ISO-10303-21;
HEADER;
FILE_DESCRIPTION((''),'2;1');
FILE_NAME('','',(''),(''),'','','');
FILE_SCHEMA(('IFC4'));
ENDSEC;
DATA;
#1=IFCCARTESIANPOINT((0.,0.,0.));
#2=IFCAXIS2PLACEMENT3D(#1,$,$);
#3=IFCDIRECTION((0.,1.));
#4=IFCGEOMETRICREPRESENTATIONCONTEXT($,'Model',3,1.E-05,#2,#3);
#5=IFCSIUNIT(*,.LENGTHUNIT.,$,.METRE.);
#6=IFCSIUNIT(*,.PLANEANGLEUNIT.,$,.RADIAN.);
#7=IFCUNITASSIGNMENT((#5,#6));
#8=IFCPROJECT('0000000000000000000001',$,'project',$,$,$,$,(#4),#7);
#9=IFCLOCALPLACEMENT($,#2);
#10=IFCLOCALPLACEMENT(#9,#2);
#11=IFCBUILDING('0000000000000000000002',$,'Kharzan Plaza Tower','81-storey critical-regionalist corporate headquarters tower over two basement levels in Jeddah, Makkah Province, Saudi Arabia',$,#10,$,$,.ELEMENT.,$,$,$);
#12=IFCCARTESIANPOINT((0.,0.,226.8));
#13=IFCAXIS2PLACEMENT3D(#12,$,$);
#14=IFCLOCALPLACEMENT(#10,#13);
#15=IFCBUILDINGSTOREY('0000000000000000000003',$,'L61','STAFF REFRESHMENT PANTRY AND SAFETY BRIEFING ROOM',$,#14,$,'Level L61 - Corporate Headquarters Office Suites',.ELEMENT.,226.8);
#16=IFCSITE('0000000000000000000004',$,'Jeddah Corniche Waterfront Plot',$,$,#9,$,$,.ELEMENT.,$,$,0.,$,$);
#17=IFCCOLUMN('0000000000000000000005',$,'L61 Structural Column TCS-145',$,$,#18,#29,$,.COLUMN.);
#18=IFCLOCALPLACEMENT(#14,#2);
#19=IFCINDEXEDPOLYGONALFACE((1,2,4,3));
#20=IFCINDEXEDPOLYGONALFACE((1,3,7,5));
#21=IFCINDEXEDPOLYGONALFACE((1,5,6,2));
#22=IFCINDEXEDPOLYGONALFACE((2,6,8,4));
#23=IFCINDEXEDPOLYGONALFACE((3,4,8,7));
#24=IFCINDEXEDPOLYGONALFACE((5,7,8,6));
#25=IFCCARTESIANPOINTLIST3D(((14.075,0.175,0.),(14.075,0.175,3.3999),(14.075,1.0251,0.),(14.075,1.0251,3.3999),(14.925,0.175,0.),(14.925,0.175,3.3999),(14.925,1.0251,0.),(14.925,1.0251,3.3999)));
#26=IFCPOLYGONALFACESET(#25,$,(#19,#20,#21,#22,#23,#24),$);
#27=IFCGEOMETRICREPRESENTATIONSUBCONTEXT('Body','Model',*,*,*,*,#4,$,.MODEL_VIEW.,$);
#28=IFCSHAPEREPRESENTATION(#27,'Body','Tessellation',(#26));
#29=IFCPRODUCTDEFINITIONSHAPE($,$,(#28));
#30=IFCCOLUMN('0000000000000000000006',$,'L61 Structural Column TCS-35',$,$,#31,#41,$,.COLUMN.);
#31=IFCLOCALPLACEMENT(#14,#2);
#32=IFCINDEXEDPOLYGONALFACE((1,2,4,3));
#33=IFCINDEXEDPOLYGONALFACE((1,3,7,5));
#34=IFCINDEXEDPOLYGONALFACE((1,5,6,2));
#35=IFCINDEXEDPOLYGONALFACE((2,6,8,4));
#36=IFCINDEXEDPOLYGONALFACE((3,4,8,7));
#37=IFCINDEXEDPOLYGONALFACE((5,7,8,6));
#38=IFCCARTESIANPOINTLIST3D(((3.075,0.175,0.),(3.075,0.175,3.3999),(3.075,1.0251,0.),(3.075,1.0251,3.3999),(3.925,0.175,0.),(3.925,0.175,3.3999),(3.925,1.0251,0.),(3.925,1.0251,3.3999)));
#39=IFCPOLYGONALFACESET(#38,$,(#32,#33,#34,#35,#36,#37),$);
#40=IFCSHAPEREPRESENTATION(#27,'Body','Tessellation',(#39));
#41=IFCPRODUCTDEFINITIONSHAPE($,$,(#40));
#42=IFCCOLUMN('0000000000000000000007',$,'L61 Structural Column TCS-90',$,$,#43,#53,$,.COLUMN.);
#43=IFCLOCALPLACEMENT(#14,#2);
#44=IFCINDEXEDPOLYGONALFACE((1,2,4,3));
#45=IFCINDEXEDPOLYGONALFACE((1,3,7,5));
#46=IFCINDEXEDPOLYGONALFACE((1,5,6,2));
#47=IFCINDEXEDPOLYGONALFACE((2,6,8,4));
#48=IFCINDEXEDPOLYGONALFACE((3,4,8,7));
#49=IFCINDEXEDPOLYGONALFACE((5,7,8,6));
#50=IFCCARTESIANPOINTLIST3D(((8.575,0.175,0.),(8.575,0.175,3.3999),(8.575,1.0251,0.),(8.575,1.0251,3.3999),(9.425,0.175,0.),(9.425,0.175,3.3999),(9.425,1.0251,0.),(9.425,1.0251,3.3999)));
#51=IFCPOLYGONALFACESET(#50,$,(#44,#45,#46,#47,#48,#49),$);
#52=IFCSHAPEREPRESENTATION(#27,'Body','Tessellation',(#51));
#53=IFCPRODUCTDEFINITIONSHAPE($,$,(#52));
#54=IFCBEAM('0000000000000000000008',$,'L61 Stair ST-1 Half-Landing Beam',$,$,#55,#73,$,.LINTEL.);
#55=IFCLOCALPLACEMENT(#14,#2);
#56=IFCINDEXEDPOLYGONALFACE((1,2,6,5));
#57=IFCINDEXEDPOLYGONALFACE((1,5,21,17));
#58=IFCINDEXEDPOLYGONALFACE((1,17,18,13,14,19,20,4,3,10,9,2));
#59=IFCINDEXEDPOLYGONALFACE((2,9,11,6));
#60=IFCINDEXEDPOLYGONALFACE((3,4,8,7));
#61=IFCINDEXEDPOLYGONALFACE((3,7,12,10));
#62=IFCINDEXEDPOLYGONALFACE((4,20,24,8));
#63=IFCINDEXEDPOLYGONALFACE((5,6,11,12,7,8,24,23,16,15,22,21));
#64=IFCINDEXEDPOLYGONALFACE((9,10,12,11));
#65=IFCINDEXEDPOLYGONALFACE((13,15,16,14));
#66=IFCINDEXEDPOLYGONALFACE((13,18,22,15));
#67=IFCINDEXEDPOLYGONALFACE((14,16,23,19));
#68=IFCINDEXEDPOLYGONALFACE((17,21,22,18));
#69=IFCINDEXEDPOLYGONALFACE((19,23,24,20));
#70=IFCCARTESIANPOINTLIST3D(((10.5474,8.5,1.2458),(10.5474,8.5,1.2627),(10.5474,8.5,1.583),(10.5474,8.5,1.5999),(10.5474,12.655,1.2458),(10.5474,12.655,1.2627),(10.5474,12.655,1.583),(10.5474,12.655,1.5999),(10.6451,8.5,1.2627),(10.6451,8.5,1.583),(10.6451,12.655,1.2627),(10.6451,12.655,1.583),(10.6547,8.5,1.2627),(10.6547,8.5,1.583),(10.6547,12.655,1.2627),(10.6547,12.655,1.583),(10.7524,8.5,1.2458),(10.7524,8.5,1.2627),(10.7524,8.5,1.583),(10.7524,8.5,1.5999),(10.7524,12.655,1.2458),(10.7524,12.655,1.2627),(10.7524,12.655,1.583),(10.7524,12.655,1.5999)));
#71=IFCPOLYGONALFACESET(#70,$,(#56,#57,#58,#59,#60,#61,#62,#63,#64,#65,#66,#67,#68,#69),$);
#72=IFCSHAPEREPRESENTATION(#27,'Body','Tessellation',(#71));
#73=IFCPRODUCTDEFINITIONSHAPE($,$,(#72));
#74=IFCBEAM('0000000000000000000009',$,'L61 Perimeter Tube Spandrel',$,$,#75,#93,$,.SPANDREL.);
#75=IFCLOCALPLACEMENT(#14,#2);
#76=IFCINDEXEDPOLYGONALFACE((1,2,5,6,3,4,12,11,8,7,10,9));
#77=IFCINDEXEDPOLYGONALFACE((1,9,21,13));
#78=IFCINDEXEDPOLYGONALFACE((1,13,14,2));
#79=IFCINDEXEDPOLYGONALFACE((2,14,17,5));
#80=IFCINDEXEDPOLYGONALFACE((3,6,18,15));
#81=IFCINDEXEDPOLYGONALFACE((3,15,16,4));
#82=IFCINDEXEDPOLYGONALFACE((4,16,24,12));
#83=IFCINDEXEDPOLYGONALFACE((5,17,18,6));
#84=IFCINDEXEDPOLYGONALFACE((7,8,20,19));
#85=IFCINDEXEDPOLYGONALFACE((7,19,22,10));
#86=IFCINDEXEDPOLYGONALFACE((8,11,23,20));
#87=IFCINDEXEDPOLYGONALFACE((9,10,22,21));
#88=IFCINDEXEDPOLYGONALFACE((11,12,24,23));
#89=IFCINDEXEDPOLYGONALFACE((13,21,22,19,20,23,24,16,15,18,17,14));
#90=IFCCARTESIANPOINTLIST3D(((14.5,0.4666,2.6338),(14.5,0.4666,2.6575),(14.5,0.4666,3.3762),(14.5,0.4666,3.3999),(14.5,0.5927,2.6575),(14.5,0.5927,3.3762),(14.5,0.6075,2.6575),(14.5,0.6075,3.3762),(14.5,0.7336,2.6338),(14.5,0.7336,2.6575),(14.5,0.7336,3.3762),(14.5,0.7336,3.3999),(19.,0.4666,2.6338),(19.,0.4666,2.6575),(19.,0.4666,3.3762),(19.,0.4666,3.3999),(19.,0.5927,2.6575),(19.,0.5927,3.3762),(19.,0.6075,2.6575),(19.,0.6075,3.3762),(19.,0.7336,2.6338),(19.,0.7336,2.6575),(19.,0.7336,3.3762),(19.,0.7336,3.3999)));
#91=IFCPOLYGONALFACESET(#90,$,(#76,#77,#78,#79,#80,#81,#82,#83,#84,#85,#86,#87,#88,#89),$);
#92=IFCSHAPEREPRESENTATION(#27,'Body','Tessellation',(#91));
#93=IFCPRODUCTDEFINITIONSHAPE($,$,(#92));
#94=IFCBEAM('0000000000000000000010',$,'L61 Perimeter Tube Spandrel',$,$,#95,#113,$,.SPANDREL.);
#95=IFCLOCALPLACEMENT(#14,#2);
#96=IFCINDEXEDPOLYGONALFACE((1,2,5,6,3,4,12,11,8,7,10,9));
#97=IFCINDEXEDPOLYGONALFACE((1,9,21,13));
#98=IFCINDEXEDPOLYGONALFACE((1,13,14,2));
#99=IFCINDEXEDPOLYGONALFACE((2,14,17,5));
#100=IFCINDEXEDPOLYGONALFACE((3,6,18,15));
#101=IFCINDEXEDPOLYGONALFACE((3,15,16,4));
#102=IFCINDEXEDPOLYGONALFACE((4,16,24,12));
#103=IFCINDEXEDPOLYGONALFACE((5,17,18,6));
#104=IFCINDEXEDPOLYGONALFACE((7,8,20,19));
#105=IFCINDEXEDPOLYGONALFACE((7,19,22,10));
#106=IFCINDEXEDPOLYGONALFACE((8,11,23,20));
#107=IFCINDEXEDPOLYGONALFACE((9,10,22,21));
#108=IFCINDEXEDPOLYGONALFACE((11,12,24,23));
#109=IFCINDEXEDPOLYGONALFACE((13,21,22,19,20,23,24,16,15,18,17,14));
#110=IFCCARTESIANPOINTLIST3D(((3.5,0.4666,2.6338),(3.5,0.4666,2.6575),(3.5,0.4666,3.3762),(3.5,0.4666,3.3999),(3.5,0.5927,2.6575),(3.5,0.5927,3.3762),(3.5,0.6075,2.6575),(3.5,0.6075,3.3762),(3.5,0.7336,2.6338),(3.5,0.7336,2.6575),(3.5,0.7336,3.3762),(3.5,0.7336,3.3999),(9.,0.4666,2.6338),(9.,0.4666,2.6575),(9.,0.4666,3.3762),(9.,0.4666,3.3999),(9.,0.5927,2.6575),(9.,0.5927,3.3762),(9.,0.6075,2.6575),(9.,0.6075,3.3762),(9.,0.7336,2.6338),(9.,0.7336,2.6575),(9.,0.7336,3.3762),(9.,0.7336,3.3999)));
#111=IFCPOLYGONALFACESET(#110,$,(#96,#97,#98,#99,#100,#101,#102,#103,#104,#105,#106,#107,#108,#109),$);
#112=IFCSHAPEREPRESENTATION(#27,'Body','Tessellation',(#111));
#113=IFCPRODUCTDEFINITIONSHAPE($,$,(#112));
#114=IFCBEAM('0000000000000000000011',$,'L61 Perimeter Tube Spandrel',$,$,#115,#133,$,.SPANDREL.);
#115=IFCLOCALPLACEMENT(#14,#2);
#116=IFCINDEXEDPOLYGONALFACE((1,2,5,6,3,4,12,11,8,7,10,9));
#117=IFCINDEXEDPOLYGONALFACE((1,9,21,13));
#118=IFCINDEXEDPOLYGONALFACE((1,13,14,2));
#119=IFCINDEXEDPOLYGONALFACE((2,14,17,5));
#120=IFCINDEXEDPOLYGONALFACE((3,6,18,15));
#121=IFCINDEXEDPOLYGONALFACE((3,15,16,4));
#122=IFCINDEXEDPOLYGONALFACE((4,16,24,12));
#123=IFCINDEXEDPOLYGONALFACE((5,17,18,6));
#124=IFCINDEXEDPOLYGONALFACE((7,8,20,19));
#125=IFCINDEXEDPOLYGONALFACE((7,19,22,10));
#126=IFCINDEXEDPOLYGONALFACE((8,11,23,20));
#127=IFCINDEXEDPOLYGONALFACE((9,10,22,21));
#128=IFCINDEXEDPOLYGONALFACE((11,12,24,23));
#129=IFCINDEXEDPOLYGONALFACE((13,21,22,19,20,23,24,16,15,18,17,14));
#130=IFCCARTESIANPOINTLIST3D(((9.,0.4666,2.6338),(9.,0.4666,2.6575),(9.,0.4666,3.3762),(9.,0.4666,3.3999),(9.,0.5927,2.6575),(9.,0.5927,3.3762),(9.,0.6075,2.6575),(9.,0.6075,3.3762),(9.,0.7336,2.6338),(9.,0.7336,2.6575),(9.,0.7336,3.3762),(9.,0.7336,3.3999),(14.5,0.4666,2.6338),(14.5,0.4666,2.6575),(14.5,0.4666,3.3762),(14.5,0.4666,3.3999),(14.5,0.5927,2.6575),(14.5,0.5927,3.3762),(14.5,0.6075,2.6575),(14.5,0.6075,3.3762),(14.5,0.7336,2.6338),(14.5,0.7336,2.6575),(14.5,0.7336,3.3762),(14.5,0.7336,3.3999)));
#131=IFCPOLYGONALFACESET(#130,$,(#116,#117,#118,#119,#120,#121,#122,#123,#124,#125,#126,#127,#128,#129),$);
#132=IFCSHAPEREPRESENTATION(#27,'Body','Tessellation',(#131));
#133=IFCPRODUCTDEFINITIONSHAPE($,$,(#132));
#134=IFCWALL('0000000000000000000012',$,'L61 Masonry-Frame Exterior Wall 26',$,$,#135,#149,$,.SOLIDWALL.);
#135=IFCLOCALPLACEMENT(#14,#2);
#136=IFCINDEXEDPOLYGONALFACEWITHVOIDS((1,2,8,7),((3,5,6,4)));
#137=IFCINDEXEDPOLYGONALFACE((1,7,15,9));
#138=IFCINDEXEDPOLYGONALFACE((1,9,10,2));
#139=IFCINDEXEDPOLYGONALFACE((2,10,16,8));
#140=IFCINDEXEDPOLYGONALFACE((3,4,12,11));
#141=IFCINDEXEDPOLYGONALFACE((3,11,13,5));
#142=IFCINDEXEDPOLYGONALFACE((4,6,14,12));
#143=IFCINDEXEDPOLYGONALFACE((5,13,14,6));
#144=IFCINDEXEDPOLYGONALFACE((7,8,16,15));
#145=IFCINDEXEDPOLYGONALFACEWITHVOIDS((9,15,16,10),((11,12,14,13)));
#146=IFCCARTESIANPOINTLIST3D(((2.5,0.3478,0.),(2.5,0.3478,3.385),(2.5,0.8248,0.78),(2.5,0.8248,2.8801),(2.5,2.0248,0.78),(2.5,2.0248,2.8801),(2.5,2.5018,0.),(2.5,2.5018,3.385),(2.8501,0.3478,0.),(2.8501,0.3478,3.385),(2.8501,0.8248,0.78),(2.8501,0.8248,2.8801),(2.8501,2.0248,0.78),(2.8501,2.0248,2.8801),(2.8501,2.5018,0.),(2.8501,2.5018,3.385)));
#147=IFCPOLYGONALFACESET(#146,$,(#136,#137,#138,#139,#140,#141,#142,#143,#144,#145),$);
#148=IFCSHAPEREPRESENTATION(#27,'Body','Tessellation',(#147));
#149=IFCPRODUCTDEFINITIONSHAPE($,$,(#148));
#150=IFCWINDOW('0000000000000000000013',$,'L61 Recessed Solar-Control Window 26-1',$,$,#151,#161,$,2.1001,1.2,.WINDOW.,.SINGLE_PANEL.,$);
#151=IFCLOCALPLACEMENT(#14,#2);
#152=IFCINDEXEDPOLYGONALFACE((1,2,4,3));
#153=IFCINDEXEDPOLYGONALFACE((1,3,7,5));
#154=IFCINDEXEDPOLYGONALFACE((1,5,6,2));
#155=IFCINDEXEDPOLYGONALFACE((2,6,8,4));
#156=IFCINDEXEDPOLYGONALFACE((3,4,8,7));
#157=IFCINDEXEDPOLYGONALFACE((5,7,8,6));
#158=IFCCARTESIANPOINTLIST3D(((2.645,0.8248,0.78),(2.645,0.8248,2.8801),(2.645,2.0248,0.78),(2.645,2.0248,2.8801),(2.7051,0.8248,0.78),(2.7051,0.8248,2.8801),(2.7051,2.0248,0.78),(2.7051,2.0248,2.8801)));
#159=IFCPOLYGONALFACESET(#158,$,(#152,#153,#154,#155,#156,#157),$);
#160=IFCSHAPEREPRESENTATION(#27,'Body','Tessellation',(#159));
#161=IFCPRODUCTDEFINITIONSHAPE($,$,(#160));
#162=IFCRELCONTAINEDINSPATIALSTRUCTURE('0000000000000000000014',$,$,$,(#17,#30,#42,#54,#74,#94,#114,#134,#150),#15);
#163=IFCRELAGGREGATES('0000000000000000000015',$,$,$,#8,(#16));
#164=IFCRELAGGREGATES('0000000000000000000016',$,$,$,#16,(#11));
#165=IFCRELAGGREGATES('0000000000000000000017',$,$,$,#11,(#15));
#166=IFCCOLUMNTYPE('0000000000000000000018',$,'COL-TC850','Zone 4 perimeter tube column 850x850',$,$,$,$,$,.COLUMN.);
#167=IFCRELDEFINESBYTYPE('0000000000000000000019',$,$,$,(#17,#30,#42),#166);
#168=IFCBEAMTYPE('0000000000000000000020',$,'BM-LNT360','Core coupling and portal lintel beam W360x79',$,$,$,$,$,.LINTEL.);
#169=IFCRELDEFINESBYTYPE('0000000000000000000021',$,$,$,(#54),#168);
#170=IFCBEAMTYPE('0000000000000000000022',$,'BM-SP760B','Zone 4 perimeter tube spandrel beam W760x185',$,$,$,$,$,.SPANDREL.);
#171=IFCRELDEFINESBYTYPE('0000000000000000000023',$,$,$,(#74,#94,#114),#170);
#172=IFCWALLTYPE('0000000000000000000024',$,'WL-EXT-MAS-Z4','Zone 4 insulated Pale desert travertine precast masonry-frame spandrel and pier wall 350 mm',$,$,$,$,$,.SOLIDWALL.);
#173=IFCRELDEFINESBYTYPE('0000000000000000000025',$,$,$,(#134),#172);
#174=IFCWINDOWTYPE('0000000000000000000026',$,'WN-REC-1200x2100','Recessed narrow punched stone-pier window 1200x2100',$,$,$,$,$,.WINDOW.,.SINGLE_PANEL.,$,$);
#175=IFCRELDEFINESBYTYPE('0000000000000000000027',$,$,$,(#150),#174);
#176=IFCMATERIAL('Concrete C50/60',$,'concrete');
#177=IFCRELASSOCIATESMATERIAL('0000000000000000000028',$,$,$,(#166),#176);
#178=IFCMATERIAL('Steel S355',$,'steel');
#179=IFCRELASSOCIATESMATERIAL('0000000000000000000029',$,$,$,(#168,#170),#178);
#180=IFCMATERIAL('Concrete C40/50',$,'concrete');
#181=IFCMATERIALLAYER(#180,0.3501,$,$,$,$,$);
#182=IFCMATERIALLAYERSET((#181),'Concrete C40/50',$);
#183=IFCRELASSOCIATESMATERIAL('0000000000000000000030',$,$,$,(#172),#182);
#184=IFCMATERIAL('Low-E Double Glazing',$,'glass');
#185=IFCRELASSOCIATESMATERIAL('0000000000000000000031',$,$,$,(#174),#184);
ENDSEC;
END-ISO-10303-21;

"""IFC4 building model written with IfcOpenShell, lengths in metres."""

from ifc_helpers import new_model, si_unit, direction, frame, frame_2d, origin, origin_2d, place, context, subcontext, project, spatial, rectangle, i_section, extrude, source, transform, mapped, material, layer, layer_set, material_profile, profile_set, type_object, element, fill, save


model = new_model("IFC4")

# Units and contexts
model_context = context("Model", 3, precision=1e-05, world=origin(), true_north=direction((0.0, 1.0)))
body_context = subcontext(model_context, "Body", "Model", "MODEL_VIEW")
ifc_project = project(units=[si_unit("LENGTHUNIT", "METRE"), si_unit("PLANEANGLEUNIT", "RADIAN")], contexts=[model_context])

# Site, building, storey
site_placement = place(None, origin())
site = spatial("IfcSite", under=ifc_project, at=site_placement, Name="Jeddah Corniche Waterfront Plot", CompositionType="ELEMENT", RefElevation=0.0)
building_placement = place(site_placement, origin())
building = spatial("IfcBuilding", under=site, at=building_placement, Name="Kharzan Plaza Tower", Description="81-storey critical-regionalist corporate headquarters tower over two basement levels in Jeddah, Makkah Province, Saudi Arabia", CompositionType="ELEMENT")
storey_placement = place(building_placement, frame((0.0, 0.0, 226.8)))
storey = spatial("IfcBuildingStorey", under=building, at=storey_placement, Name="L61", Description="STAFF REFRESHMENT PANTRY AND SAFETY BRIEFING ROOM", LongName="Level L61 - Corporate Headquarters Office Suites", CompositionType="ELEMENT", Elevation=226.8)

# Columns
ifc_material_1 = material(Name="Concrete C50/60", Category="concrete")
ifc_material_profile_1 = material_profile(ifc_material_1, rectangle(XDim=0.8501, YDim=0.8501, at=origin_2d()), Name="RC-TC850x850")
ifc_profile_set_1 = profile_set([ifc_material_profile_1], Name="Concrete C50/60")
column_type = type_object("IfcColumnType", Name="COL-TC850", Description="Zone 4 perimeter tube column 850x850", PredefinedType="COLUMN", material=ifc_profile_set_1)
shared_shape_1 = source(origin(), body_context, "Body", "SweptSolid", [
    extrude(rectangle(XDim=0.8501, YDim=0.8501, at=origin_2d()), origin(), (0.0, 0.0, 1.0), 3.3999),
])
for number, where, z_axis, x_axis, name in (
    (1, (14.5, 0.6001, 0.0), (0.0, 0.0, 1.0), (1.0, 0.0, 0.0), "L61 Structural Column TCS-145"),
    (2, (3.5, 0.6001, 0.0), (0.0, 0.0, 1.0), (1.0, 0.0, 0.0), "L61 Structural Column TCS-35"),
    (3, (9.0, 0.6001, 0.0), (0.0, 0.0, 1.0), (1.0, 0.0, 0.0), "L61 Structural Column TCS-90"),
):
    element("IfcColumn", number, at=place(storey_placement, frame(where, z_axis=z_axis, x_axis=x_axis)), inside=storey, type_object=column_type, Name=name, PredefinedType="COLUMN", context=body_context, shape_type="MappedRepresentation", body=[
        mapped(shared_shape_1, transform((0.0, 0.0, 0.0), x_axis=(1.0, 0.0, 0.0), y_axis=(0.0, 1.0, 0.0), z_axis=(0.0, 0.0, 1.0))),
    ])

# Beams
ifc_material_2 = material(Name="Steel S355", Category="steel")
ifc_material_profile_2 = material_profile(ifc_material_2, i_section(OverallWidth=0.2051, OverallDepth=0.354, WebThickness=0.0095, FlangeThickness=0.0168, at=origin_2d()), Name="W360x79")
ifc_profile_set_2 = profile_set([ifc_material_profile_2], Name="Steel S355")
beam_type_1 = type_object("IfcBeamType", Name="BM-LNT360", Description="Core coupling and portal lintel beam W360x79", PredefinedType="LINTEL", material=ifc_profile_set_2)
shared_shape_2 = source(origin(), body_context, "Body", "SweptSolid", [
    extrude(i_section(OverallWidth=0.2051, OverallDepth=0.354, WebThickness=0.0095, FlangeThickness=0.0168, at=origin_2d()), origin(), (0.0, 0.0, 1.0), 4.155),
])
beam_1_placement = place(storey_placement, frame((10.6499, 8.5, 1.4229), z_axis=(0.0, 1.0, 0.0), x_axis=(-1.0, 0.0, 0.0)))
element("IfcBeam", 4, at=beam_1_placement, inside=storey, type_object=beam_type_1, Name="L61 Stair ST-1 Half-Landing Beam", PredefinedType="LINTEL", context=body_context, shape_type="MappedRepresentation", body=[
    mapped(shared_shape_2, transform((0.0, 0.0, 0.0), x_axis=(1.0, 0.0, 0.0), y_axis=(0.0, 1.0, 0.0), z_axis=(0.0, 0.0, 1.0))),
])
ifc_material_profile_3 = material_profile(ifc_material_2, i_section(OverallWidth=0.2671, OverallDepth=0.7661, WebThickness=0.0149, FlangeThickness=0.0237, at=origin_2d()), Name="W760x185")
ifc_profile_set_3 = profile_set([ifc_material_profile_3], Name="Steel S355")
beam_type_2 = type_object("IfcBeamType", Name="BM-SP760B", Description="Zone 4 perimeter tube spandrel beam W760x185", PredefinedType="SPANDREL", material=ifc_profile_set_3)
shared_shape_3 = source(origin(), body_context, "Body", "SweptSolid", [
    extrude(i_section(OverallWidth=0.2671, OverallDepth=0.7661, WebThickness=0.0149, FlangeThickness=0.0237, at=origin_2d()), origin(), (0.0, 0.0, 1.0), 4.5),
])
beam_2_placement = place(storey_placement, frame((14.5, 0.6001, 3.0168), z_axis=(1.0, 0.0, 0.0), x_axis=(0.0, 1.0, 0.0)))
element("IfcBeam", 5, at=beam_2_placement, inside=storey, type_object=beam_type_2, Name="L61 Perimeter Tube Spandrel", PredefinedType="SPANDREL", context=body_context, shape_type="MappedRepresentation", body=[
    mapped(shared_shape_3, transform((0.0, 0.0, 0.0), x_axis=(1.0, 0.0, 0.0), y_axis=(0.0, 1.0, 0.0), z_axis=(0.0, 0.0, 1.0))),
])
shared_shape_4 = source(origin(), body_context, "Body", "SweptSolid", [
    extrude(i_section(OverallWidth=0.2671, OverallDepth=0.7661, WebThickness=0.0149, FlangeThickness=0.0237, at=origin_2d()), origin(), (0.0, 0.0, 1.0), 5.5),
])
for number, where, z_axis, x_axis, name in (
    (6, (3.5, 0.6001, 3.0168), (1.0, 0.0, 0.0), (0.0, 1.0, 0.0), "L61 Perimeter Tube Spandrel"),
    (7, (9.0, 0.6001, 3.0168), (1.0, 0.0, 0.0), (0.0, 1.0, 0.0), "L61 Perimeter Tube Spandrel"),
):
    element("IfcBeam", number, at=place(storey_placement, frame(where, z_axis=z_axis, x_axis=x_axis)), inside=storey, type_object=beam_type_2, Name=name, PredefinedType="SPANDREL", context=body_context, shape_type="MappedRepresentation", body=[
        mapped(shared_shape_4, transform((0.0, 0.0, 0.0), x_axis=(1.0, 0.0, 0.0), y_axis=(0.0, 1.0, 0.0), z_axis=(0.0, 0.0, 1.0))),
    ])

# Wall, opening, window
ifc_material_3 = material(Name="Concrete C40/50", Category="concrete")
ifc_layer_1 = layer(ifc_material_3, 0.3501)
ifc_layer_set_1 = layer_set([ifc_layer_1], Name="Concrete C40/50")
wall_type_1 = type_object("IfcWallType", Name="WL-EXT-MAS-Z4", Description="Zone 4 insulated Pale desert travertine precast masonry-frame spandrel and pier wall 350 mm", PredefinedType="SOLIDWALL", material=ifc_layer_set_1)
wall_1_placement = place(storey_placement, frame((2.675, 2.502, 0.0), z_axis=(0.0, 0.0, 1.0), x_axis=(0.0, -1.0, 0.0)))
wall_1 = element("IfcWall", 8, at=wall_1_placement, inside=storey, type_object=wall_type_1, Name="L61 Masonry-Frame Exterior Wall 26", PredefinedType="SOLIDWALL", context=body_context, shape_type="SweptSolid", body=[
    extrude(rectangle(XDim=2.1541, YDim=0.3501, at=frame_2d((1.0771, 0.0))), origin(), (0.0, 0.0, 1.0), 3.385),
])
opening_1_placement = place(wall_1_placement, frame((0.4771, 0.0, 0.78)))
opening_1 = element("IfcOpeningElement", 9, at=opening_1_placement, cuts=wall_1, PredefinedType="OPENING", context=body_context, shape_type="SweptSolid", body=[
    extrude(rectangle(XDim=1.2, YDim=2.1001, at=frame_2d((0.6001, 1.05))), frame((0.0, 0.1851, 0.0), z_axis=(0.0, -1.0, 0.0), x_axis=(1.0, 0.0, 0.0)), (0.0, 0.0, 1.0), 0.3701),
])
ifc_material_4 = material(Name="Low-E Double Glazing", Category="glass")
window_type_1 = type_object("IfcWindowType", Name="WN-REC-1200x2100", Description="Recessed narrow punched stone-pier window 1200x2100", PartitioningType="SINGLE_PANEL", PredefinedType="WINDOW", material=ifc_material_4)
shared_shape_5 = source(origin(), body_context, "Body", "SweptSolid", [
    extrude(rectangle(XDim=1.2, YDim=2.1001, at=frame_2d((0.6001, 1.05))), frame((0.0, 0.03, 0.0), z_axis=(0.0, -1.0, 0.0), x_axis=(1.0, 0.0, 0.0)), (0.0, 0.0, 1.0), 0.0601),
])
window_1_placement = place(opening_1_placement, origin())
window_1 = element("IfcWindow", 10, at=window_1_placement, inside=storey, type_object=window_type_1, Name="L61 Recessed Solar-Control Window 26-1", OverallHeight=2.1001, OverallWidth=1.2, PartitioningType="SINGLE_PANEL", PredefinedType="WINDOW", context=body_context, shape_type="MappedRepresentation", body=[
    mapped(shared_shape_5, transform((0.0, 0.0, 0.0), x_axis=(1.0, 0.0, 0.0), y_axis=(0.0, 1.0, 0.0), z_axis=(0.0, 0.0, 1.0))),
])
fill(opening_1, window_1)

save(model, "model.ifc")
